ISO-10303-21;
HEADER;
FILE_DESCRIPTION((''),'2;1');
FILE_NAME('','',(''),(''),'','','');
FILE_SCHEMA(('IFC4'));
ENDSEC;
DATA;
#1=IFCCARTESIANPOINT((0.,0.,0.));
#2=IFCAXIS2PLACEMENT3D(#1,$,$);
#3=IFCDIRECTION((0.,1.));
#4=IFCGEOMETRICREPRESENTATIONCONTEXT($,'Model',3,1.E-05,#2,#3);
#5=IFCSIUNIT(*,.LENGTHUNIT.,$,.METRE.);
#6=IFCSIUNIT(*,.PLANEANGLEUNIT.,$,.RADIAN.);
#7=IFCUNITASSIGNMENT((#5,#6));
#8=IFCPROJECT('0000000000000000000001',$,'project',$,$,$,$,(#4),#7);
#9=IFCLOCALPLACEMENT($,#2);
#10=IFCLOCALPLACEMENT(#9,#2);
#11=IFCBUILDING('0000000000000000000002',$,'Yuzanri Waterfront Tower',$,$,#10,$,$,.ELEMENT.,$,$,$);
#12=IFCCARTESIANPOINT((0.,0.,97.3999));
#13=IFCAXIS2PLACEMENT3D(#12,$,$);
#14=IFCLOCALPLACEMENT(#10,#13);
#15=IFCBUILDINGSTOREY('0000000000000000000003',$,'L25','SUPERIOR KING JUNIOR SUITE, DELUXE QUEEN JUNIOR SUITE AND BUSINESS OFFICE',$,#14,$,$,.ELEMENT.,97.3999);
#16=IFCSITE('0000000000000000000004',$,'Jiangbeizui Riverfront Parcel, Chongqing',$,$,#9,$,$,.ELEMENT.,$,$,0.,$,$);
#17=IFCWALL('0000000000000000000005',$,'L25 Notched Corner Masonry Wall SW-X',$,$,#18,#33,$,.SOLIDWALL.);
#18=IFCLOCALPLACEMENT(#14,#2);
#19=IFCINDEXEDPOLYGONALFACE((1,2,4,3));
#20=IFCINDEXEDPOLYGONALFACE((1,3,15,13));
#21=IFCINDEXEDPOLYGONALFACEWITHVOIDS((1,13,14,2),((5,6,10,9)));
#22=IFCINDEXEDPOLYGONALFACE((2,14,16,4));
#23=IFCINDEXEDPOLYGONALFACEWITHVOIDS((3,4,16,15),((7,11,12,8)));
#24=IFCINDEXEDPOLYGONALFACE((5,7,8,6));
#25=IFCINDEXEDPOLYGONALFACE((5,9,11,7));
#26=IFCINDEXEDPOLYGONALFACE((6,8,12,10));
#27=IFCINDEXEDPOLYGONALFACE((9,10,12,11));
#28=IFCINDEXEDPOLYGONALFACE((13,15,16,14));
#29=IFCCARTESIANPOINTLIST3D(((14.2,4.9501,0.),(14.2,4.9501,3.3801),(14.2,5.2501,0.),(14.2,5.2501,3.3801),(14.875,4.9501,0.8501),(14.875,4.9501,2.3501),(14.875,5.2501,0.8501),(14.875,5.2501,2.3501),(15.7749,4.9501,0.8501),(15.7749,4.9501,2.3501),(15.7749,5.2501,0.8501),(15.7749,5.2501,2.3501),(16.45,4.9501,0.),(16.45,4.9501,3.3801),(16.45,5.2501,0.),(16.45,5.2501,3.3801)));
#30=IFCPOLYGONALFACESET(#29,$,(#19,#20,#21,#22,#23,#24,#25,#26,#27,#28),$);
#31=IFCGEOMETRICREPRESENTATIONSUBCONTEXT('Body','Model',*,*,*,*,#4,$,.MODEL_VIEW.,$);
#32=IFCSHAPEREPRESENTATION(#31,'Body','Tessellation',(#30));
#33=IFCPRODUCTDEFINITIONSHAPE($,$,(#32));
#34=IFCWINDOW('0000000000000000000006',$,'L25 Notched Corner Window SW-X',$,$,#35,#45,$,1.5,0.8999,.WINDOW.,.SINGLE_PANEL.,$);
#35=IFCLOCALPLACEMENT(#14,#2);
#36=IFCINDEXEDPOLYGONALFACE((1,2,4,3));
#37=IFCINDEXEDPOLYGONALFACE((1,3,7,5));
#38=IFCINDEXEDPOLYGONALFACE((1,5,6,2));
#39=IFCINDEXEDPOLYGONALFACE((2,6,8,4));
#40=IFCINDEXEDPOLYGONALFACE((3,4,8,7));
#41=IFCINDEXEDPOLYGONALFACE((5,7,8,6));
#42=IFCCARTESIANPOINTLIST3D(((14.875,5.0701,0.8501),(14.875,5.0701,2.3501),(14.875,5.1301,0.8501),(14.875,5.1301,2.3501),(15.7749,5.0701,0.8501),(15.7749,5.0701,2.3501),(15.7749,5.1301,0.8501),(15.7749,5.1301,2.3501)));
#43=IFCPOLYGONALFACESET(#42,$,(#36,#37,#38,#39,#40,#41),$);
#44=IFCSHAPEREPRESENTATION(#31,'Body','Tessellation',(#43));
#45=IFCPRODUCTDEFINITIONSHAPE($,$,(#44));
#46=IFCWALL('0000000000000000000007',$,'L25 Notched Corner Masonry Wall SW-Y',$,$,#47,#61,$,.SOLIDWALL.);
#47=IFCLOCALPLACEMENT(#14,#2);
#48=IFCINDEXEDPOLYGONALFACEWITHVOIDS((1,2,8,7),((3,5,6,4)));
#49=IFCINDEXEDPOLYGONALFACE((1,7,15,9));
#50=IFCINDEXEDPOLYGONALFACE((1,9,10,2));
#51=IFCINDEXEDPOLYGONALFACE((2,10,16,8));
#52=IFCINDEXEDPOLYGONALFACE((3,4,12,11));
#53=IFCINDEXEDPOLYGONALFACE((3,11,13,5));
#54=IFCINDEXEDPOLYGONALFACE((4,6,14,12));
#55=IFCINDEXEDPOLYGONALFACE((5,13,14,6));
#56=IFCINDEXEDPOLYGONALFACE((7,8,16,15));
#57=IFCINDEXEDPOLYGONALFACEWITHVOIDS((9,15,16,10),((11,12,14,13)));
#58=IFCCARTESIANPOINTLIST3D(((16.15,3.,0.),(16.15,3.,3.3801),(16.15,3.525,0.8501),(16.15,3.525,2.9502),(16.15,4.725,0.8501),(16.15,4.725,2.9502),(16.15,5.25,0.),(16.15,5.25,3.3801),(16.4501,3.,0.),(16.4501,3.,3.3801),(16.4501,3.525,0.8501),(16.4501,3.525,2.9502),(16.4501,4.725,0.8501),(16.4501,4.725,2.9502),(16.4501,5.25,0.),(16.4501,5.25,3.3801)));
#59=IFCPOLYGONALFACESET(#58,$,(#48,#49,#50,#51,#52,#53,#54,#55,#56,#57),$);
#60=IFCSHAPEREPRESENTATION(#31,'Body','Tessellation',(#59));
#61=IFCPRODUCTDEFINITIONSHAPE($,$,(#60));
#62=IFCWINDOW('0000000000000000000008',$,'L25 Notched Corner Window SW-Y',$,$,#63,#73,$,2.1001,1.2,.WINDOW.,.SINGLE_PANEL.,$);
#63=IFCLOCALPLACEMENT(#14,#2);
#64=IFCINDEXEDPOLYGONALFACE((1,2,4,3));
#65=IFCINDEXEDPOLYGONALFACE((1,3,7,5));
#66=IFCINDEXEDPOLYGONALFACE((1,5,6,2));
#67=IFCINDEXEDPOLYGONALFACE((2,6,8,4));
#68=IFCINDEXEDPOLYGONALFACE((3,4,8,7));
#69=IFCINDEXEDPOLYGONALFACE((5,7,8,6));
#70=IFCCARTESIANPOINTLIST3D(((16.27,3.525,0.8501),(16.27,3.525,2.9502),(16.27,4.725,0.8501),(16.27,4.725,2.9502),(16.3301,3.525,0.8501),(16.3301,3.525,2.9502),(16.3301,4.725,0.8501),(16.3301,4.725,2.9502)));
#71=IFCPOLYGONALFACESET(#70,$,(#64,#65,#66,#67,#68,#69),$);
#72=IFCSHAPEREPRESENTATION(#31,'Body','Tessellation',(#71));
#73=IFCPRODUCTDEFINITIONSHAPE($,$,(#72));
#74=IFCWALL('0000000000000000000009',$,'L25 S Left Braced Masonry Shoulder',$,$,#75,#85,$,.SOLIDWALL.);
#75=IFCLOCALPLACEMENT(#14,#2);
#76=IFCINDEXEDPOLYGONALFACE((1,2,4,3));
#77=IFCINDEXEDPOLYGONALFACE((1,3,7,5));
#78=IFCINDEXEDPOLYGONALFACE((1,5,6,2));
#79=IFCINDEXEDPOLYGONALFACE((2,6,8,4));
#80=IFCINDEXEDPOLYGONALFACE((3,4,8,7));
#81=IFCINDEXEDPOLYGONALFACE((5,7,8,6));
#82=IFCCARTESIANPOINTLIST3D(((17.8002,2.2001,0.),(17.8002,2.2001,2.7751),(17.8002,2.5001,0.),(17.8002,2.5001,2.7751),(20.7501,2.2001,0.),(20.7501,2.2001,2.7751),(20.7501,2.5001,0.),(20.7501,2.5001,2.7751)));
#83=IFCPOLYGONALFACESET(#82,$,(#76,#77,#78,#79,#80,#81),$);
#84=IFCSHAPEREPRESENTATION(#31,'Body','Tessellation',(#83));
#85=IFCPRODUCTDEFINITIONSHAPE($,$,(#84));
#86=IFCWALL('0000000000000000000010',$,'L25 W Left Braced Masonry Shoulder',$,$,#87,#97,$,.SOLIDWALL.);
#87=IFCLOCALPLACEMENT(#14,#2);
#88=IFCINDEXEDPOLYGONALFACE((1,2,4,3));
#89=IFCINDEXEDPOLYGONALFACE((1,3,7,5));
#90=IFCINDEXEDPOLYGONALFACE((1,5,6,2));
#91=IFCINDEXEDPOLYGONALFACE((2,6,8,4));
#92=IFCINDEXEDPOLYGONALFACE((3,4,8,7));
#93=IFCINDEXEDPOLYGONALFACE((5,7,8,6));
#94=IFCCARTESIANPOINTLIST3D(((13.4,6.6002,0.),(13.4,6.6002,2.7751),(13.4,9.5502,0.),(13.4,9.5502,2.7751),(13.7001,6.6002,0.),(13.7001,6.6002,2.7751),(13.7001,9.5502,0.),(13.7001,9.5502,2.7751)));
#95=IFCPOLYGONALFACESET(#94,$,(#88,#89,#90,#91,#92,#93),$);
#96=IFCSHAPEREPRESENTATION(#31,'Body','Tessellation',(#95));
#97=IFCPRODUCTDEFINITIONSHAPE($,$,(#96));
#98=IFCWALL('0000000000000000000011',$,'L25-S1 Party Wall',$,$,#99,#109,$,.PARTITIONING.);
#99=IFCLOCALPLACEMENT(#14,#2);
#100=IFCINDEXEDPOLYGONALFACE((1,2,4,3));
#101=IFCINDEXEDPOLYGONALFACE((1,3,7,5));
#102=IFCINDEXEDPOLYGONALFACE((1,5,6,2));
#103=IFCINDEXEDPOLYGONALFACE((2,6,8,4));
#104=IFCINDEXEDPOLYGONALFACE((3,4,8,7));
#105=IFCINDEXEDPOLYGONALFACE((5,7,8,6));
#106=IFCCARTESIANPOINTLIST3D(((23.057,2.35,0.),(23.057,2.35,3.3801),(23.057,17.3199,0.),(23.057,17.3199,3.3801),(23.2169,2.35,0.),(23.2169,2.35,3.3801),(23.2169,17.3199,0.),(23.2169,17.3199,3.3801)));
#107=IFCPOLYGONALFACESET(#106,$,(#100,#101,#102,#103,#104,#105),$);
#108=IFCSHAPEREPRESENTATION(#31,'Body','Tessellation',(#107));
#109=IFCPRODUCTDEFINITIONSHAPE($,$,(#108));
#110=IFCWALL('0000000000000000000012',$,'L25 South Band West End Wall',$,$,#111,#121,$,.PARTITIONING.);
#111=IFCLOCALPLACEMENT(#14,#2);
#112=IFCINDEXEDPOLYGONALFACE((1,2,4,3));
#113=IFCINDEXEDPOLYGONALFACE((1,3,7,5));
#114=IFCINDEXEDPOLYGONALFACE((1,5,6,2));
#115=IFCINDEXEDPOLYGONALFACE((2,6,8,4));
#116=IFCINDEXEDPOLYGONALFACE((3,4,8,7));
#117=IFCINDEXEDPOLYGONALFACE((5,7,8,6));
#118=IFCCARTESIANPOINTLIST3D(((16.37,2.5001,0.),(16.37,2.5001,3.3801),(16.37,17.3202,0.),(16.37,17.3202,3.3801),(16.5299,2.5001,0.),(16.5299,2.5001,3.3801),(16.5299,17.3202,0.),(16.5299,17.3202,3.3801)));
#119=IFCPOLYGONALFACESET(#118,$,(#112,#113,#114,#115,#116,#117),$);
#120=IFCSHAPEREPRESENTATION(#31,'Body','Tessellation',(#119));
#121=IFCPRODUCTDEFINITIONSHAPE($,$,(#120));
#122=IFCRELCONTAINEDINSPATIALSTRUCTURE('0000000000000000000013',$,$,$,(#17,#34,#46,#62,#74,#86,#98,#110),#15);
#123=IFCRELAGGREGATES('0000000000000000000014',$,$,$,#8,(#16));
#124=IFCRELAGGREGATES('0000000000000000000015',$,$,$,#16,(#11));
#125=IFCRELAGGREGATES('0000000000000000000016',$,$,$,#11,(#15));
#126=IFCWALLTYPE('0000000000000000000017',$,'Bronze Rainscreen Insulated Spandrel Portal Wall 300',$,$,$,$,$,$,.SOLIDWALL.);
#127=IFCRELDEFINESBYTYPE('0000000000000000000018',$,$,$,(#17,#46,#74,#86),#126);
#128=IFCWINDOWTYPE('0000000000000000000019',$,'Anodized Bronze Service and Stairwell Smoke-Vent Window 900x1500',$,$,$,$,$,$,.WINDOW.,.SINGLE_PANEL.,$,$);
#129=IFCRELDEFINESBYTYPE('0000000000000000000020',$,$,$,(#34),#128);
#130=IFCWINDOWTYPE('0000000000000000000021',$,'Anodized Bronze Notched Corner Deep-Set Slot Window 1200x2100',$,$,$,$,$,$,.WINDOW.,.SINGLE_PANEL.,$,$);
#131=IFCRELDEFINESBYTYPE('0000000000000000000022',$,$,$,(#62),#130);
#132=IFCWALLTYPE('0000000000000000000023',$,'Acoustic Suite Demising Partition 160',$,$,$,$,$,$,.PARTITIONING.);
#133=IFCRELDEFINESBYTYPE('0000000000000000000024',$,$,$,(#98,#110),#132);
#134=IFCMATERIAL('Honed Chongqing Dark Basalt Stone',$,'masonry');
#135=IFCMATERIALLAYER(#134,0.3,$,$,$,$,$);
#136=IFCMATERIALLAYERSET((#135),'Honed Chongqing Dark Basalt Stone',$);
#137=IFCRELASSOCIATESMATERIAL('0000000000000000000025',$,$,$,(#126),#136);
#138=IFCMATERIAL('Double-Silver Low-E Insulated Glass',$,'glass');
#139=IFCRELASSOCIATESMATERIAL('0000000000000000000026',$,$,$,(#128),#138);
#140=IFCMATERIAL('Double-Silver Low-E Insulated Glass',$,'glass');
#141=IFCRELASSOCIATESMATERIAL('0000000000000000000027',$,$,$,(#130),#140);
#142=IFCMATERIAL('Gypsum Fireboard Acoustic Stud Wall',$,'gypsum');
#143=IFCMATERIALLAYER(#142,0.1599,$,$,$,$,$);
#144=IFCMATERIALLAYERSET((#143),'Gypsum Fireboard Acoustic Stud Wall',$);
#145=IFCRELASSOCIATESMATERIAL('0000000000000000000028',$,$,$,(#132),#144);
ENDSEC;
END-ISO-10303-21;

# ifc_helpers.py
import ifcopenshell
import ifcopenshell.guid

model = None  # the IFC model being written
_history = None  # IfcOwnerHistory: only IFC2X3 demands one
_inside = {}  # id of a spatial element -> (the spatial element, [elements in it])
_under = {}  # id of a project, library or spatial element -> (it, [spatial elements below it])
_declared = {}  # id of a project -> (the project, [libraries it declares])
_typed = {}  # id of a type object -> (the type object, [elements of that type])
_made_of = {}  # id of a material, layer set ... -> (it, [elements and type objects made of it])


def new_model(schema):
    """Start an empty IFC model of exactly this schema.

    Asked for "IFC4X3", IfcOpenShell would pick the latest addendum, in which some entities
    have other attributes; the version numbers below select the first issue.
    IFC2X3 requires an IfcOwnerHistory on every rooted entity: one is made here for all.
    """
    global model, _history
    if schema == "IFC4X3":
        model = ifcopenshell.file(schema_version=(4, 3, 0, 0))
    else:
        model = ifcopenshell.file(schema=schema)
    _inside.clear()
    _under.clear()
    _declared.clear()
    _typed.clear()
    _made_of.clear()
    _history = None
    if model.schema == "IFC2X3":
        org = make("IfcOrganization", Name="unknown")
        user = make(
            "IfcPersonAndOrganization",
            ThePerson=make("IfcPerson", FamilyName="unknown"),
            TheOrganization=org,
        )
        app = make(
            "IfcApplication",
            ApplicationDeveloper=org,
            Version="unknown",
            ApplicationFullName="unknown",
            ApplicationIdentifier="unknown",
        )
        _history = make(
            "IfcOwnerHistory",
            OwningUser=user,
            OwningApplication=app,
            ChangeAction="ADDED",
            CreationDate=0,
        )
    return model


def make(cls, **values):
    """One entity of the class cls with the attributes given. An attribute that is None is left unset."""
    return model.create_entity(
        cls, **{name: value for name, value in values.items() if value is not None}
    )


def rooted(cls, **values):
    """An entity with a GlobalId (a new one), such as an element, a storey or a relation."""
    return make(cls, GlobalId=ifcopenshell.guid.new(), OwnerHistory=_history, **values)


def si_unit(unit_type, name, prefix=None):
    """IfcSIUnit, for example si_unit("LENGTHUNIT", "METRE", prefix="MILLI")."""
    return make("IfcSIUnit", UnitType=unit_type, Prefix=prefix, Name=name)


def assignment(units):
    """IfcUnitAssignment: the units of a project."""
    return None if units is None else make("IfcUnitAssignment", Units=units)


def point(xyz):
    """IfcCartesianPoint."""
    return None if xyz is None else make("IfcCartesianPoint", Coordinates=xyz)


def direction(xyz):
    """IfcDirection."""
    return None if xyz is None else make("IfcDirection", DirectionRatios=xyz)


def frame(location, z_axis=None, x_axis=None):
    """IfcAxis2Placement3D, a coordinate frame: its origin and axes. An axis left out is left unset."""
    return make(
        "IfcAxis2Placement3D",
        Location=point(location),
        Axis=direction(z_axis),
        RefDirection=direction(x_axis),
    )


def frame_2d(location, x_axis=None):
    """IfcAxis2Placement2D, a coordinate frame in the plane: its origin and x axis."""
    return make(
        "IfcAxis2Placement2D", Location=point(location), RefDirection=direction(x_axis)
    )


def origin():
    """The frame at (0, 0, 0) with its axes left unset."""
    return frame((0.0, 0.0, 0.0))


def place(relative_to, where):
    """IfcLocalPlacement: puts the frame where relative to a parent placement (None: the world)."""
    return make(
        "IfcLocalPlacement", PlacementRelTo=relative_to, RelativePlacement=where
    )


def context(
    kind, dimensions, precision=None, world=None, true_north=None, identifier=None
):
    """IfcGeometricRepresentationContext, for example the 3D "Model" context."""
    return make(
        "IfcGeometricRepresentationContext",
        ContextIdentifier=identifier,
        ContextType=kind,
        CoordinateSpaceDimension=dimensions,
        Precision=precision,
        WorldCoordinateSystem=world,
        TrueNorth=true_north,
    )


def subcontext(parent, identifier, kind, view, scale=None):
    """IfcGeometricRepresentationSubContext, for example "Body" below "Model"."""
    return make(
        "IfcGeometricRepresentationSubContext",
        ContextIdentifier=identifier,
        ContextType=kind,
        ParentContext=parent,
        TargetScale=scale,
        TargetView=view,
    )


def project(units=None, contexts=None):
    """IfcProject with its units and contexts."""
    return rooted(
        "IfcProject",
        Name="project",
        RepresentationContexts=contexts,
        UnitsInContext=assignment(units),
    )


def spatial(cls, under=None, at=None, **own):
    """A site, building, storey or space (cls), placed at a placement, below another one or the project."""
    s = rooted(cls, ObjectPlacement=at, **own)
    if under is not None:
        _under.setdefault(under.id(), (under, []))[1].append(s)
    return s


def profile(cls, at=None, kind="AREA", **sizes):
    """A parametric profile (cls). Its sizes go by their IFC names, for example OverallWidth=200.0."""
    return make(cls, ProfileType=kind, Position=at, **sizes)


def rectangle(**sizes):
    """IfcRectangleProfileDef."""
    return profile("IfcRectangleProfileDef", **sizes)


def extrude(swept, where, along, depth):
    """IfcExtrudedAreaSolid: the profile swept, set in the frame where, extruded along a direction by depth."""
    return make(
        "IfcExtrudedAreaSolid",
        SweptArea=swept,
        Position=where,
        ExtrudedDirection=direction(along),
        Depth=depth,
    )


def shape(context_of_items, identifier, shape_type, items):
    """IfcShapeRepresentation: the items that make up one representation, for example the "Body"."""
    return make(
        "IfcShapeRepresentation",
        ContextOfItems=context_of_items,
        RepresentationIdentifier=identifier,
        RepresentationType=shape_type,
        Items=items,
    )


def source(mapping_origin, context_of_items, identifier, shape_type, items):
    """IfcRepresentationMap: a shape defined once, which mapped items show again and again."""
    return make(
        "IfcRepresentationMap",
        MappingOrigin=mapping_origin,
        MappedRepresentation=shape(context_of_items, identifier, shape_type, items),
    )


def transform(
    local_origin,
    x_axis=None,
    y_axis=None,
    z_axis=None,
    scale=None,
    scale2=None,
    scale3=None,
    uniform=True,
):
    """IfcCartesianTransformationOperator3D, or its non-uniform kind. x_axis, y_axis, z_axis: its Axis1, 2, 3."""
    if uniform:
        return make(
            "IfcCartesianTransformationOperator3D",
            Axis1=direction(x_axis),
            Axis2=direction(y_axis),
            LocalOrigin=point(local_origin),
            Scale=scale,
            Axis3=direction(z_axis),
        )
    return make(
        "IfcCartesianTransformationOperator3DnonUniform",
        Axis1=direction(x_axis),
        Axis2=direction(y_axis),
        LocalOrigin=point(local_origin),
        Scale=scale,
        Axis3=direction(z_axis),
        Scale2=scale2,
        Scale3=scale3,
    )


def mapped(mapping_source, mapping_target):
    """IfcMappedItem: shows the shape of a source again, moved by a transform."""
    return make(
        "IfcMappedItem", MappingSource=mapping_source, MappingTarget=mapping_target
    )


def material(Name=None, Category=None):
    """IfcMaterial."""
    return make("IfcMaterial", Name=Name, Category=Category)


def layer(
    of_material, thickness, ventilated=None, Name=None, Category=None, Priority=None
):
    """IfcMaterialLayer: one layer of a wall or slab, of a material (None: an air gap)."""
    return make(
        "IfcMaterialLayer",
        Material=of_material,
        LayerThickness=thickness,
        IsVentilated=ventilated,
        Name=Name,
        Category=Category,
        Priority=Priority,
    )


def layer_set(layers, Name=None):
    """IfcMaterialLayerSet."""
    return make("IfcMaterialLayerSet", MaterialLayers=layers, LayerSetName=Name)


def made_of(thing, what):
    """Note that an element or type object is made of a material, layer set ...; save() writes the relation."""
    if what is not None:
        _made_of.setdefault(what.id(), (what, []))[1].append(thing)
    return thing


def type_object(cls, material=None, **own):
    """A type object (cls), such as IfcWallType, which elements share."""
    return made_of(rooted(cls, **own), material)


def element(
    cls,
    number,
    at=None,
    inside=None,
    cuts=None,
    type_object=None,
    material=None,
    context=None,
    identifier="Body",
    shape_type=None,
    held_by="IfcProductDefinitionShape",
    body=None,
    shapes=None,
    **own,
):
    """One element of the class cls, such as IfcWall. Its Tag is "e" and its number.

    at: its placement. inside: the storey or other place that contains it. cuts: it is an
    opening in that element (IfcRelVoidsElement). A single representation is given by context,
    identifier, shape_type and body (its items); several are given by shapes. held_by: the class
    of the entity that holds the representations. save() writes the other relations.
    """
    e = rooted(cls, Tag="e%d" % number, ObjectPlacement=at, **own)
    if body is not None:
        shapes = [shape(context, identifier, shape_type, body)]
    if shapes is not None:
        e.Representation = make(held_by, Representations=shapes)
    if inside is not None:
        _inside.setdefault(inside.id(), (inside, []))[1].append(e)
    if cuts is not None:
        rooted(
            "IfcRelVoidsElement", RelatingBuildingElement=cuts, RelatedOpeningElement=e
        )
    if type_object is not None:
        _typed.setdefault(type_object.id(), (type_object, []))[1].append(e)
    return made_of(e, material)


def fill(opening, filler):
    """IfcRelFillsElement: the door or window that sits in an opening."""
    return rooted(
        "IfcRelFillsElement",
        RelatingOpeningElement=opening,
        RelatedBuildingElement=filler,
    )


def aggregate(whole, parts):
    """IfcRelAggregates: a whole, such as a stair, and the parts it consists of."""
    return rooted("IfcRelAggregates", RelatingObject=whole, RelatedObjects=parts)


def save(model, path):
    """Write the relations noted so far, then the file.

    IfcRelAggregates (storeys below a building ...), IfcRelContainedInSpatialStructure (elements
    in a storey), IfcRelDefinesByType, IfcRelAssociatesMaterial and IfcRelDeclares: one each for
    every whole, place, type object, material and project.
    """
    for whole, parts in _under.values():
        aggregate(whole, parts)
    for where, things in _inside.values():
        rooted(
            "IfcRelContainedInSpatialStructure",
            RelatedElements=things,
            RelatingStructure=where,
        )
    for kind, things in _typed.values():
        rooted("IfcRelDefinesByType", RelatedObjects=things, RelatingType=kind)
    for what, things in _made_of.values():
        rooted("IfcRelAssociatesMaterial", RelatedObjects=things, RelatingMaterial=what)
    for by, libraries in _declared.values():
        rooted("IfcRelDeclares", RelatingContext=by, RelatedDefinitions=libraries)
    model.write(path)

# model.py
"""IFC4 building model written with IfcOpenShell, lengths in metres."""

from ifc_helpers import new_model, si_unit, direction, frame, frame_2d, origin, place, context, subcontext, project, spatial, rectangle, extrude, source, transform, mapped, material, layer, layer_set, type_object, element, fill, save


model = new_model("IFC4")

# Units and contexts
model_context = context("Model", 3, precision=1e-05, world=origin(), true_north=direction((0.0, 1.0)))
body_context = subcontext(model_context, "Body", "Model", "MODEL_VIEW")
ifc_project = project(units=[si_unit("LENGTHUNIT", "METRE"), si_unit("PLANEANGLEUNIT", "RADIAN")], contexts=[model_context])

# Site, building, storey
site_placement = place(None, origin())
site = spatial("IfcSite", under=ifc_project, at=site_placement, Name="Jiangbeizui Riverfront Parcel, Chongqing", CompositionType="ELEMENT", RefElevation=0.0)
building_placement = place(site_placement, origin())
building = spatial("IfcBuilding", under=site, at=building_placement, Name="Yuzanri Waterfront Tower", CompositionType="ELEMENT")
storey_placement = place(building_placement, frame((0.0, 0.0, 97.3999)))
storey = spatial("IfcBuildingStorey", under=building, at=storey_placement, Name="L25", Description="SUPERIOR KING JUNIOR SUITE, DELUXE QUEEN JUNIOR SUITE AND BUSINESS OFFICE", CompositionType="ELEMENT", Elevation=97.3999)

# Walls, openings, windows
ifc_material_1 = material(Name="Honed Chongqing Dark Basalt Stone", Category="masonry")
ifc_layer_1 = layer(ifc_material_1, 0.3)
ifc_layer_set_1 = layer_set([ifc_layer_1], Name="Honed Chongqing Dark Basalt Stone")
wall_type_1 = type_object("IfcWallType", Name="Bronze Rainscreen Insulated Spandrel Portal Wall 300", PredefinedType="SOLIDWALL", material=ifc_layer_set_1)
wall_1_placement = place(storey_placement, frame((14.2, 5.1001, 0.0), z_axis=(0.0, 0.0, 1.0), x_axis=(1.0, 0.0, 0.0)))
wall_1 = element("IfcWall", 1, at=wall_1_placement, inside=storey, type_object=wall_type_1, Name="L25 Notched Corner Masonry Wall SW-X", PredefinedType="SOLIDWALL", context=body_context, shape_type="SweptSolid", body=[
    extrude(rectangle(XDim=2.25, YDim=0.3, at=frame_2d((1.125, 0.0))), origin(), (0.0, 0.0, 1.0), 3.3801),
])
opening_1_placement = place(wall_1_placement, frame((0.675, 0.0, 0.8501)))
opening_1 = element("IfcOpeningElement", 2, at=opening_1_placement, cuts=wall_1, PredefinedType="OPENING", context=body_context, shape_type="SweptSolid", body=[
    extrude(rectangle(XDim=0.8999, YDim=1.5, at=frame_2d((0.45, 0.75))), frame((0.0, 0.165, 0.0), z_axis=(0.0, -1.0, 0.0), x_axis=(1.0, 0.0, 0.0)), (0.0, 0.0, 1.0), 0.3298),
])
ifc_material_2 = material(Name="Double-Silver Low-E Insulated Glass", Category="glass")
window_type_1 = type_object("IfcWindowType", Name="Anodized Bronze Service and Stairwell Smoke-Vent Window 900x1500", PartitioningType="SINGLE_PANEL", PredefinedType="WINDOW", material=ifc_material_2)
shared_shape_1 = source(origin(), body_context, "Body", "SweptSolid", [
    extrude(rectangle(XDim=0.8999, YDim=1.5, at=frame_2d((0.45, 0.75))), frame((0.0, 0.03, 0.0), z_axis=(0.0, -1.0, 0.0), x_axis=(1.0, 0.0, 0.0)), (0.0, 0.0, 1.0), 0.0601),
])
window_1_placement = place(opening_1_placement, origin())
window_1 = element("IfcWindow", 3, at=window_1_placement, inside=storey, type_object=window_type_1, Name="L25 Notched Corner Window SW-X", OverallHeight=1.5, OverallWidth=0.8999, PartitioningType="SINGLE_PANEL", PredefinedType="WINDOW", context=body_context, shape_type="MappedRepresentation", body=[
    mapped(shared_shape_1, transform((0.0, 0.0, 0.0), scale=1.0)),
])
fill(opening_1, window_1)
wall_2_placement = place(storey_placement, frame((16.3, 5.25, 0.0), z_axis=(0.0, 0.0, 1.0), x_axis=(0.0, -1.0, 0.0)))
wall_2 = element("IfcWall", 4, at=wall_2_placement, inside=storey, type_object=wall_type_1, Name="L25 Notched Corner Masonry Wall SW-Y", PredefinedType="SOLIDWALL", context=body_context, shape_type="SweptSolid", body=[
    extrude(rectangle(XDim=2.25, YDim=0.3, at=frame_2d((1.125, 0.0))), origin(), (0.0, 0.0, 1.0), 3.3801),
])
opening_2_placement = place(wall_2_placement, frame((0.5249, 0.0, 0.8501)))
opening_2 = element("IfcOpeningElement", 5, at=opening_2_placement, cuts=wall_2, PredefinedType="OPENING", context=body_context, shape_type="SweptSolid", body=[
    extrude(rectangle(XDim=1.2, YDim=2.1001, at=frame_2d((0.6001, 1.05))), frame((0.0, 0.165, 0.0), z_axis=(0.0, -1.0, 0.0), x_axis=(1.0, 0.0, 0.0)), (0.0, 0.0, 1.0), 0.3298),
])
ifc_material_3 = material(Name="Double-Silver Low-E Insulated Glass", Category="glass")
window_type_2 = type_object("IfcWindowType", Name="Anodized Bronze Notched Corner Deep-Set Slot Window 1200x2100", PartitioningType="SINGLE_PANEL", PredefinedType="WINDOW", material=ifc_material_3)
shared_shape_2 = source(origin(), body_context, "Body", "SweptSolid", [
    extrude(rectangle(XDim=1.2, YDim=2.1001, at=frame_2d((0.6001, 1.05))), frame((0.0, 0.03, 0.0), z_axis=(0.0, -1.0, 0.0), x_axis=(1.0, 0.0, 0.0)), (0.0, 0.0, 1.0), 0.0601),
])
window_2_placement = place(opening_2_placement, origin())
window_2 = element("IfcWindow", 6, at=window_2_placement, inside=storey, type_object=window_type_2, Name="L25 Notched Corner Window SW-Y", OverallHeight=2.1001, OverallWidth=1.2, PartitioningType="SINGLE_PANEL", PredefinedType="WINDOW", context=body_context, shape_type="MappedRepresentation", body=[
    mapped(shared_shape_2, transform((0.0, 0.0, 0.0), scale=1.0)),
])
fill(opening_2, window_2)

# Walls
shared_shape_3 = source(origin(), body_context, "Body", "SweptSolid", [
    extrude(rectangle(XDim=2.95, YDim=0.3, at=frame_2d((1.4751, 0.0))), origin(), (0.0, 0.0, 1.0), 2.7751),
])
for number, where, z_axis, x_axis, name in (
    (7, (17.8, 2.3501, 0.0), (0.0, 0.0, 1.0), (1.0, 0.0, 0.0), "L25 S Left Braced Masonry Shoulder"),
    (8, (13.55, 6.6001, 0.0), (0.0, 0.0, 1.0), (0.0, 1.0, 0.0), "L25 W Left Braced Masonry Shoulder"),
):
    element("IfcWall", number, at=place(storey_placement, frame(where, z_axis=z_axis, x_axis=x_axis)), inside=storey, type_object=wall_type_1, Name=name, PredefinedType="SOLIDWALL", context=body_context, shape_type="MappedRepresentation", body=[
        mapped(shared_shape_3, transform((0.0, 0.0, 0.0), scale=1.0)),
    ])
ifc_material_4 = material(Name="Gypsum Fireboard Acoustic Stud Wall", Category="gypsum")
ifc_layer_2 = layer(ifc_material_4, 0.1599)
ifc_layer_set_2 = layer_set([ifc_layer_2], Name="Gypsum Fireboard Acoustic Stud Wall")
wall_type_2 = type_object("IfcWallType", Name="Acoustic Suite Demising Partition 160", PredefinedType="PARTITIONING", material=ifc_layer_set_2)
shared_shape_4 = source(origin(), body_context, "Body", "SweptSolid", [
    extrude(rectangle(XDim=14.97, YDim=0.1599, at=frame_2d((7.4849, 0.0))), origin(), (0.0, 0.0, 1.0), 3.3801),
])
wall_3_placement = place(storey_placement, frame((23.137, 2.3501, 0.0), z_axis=(0.0, 0.0, 1.0), x_axis=(0.0, 1.0, 0.0)))
element("IfcWall", 9, at=wall_3_placement, inside=storey, type_object=wall_type_2, Name="L25-S1 Party Wall", PredefinedType="PARTITIONING", context=body_context, shape_type="MappedRepresentation", body=[
    mapped(shared_shape_4, transform((0.0, 0.0, 0.0), scale=1.0)),
])
shared_shape_5 = source(origin(), body_context, "Body", "SweptSolid", [
    extrude(rectangle(XDim=14.8201, YDim=0.1599, at=frame_2d((7.4102, 0.0))), origin(), (0.0, 0.0, 1.0), 3.3801),
])
wall_4_placement = place(storey_placement, frame((16.45, 2.5, 0.0), z_axis=(0.0, 0.0, 1.0), x_axis=(0.0, 1.0, 0.0)))
element("IfcWall", 10, at=wall_4_placement, inside=storey, type_object=wall_type_2, Name="L25 South Band West End Wall", PredefinedType="PARTITIONING", context=body_context, shape_type="MappedRepresentation", body=[
    mapped(shared_shape_5, transform((0.0, 0.0, 0.0), scale=1.0)),
])

save(model, "model.ifc")
